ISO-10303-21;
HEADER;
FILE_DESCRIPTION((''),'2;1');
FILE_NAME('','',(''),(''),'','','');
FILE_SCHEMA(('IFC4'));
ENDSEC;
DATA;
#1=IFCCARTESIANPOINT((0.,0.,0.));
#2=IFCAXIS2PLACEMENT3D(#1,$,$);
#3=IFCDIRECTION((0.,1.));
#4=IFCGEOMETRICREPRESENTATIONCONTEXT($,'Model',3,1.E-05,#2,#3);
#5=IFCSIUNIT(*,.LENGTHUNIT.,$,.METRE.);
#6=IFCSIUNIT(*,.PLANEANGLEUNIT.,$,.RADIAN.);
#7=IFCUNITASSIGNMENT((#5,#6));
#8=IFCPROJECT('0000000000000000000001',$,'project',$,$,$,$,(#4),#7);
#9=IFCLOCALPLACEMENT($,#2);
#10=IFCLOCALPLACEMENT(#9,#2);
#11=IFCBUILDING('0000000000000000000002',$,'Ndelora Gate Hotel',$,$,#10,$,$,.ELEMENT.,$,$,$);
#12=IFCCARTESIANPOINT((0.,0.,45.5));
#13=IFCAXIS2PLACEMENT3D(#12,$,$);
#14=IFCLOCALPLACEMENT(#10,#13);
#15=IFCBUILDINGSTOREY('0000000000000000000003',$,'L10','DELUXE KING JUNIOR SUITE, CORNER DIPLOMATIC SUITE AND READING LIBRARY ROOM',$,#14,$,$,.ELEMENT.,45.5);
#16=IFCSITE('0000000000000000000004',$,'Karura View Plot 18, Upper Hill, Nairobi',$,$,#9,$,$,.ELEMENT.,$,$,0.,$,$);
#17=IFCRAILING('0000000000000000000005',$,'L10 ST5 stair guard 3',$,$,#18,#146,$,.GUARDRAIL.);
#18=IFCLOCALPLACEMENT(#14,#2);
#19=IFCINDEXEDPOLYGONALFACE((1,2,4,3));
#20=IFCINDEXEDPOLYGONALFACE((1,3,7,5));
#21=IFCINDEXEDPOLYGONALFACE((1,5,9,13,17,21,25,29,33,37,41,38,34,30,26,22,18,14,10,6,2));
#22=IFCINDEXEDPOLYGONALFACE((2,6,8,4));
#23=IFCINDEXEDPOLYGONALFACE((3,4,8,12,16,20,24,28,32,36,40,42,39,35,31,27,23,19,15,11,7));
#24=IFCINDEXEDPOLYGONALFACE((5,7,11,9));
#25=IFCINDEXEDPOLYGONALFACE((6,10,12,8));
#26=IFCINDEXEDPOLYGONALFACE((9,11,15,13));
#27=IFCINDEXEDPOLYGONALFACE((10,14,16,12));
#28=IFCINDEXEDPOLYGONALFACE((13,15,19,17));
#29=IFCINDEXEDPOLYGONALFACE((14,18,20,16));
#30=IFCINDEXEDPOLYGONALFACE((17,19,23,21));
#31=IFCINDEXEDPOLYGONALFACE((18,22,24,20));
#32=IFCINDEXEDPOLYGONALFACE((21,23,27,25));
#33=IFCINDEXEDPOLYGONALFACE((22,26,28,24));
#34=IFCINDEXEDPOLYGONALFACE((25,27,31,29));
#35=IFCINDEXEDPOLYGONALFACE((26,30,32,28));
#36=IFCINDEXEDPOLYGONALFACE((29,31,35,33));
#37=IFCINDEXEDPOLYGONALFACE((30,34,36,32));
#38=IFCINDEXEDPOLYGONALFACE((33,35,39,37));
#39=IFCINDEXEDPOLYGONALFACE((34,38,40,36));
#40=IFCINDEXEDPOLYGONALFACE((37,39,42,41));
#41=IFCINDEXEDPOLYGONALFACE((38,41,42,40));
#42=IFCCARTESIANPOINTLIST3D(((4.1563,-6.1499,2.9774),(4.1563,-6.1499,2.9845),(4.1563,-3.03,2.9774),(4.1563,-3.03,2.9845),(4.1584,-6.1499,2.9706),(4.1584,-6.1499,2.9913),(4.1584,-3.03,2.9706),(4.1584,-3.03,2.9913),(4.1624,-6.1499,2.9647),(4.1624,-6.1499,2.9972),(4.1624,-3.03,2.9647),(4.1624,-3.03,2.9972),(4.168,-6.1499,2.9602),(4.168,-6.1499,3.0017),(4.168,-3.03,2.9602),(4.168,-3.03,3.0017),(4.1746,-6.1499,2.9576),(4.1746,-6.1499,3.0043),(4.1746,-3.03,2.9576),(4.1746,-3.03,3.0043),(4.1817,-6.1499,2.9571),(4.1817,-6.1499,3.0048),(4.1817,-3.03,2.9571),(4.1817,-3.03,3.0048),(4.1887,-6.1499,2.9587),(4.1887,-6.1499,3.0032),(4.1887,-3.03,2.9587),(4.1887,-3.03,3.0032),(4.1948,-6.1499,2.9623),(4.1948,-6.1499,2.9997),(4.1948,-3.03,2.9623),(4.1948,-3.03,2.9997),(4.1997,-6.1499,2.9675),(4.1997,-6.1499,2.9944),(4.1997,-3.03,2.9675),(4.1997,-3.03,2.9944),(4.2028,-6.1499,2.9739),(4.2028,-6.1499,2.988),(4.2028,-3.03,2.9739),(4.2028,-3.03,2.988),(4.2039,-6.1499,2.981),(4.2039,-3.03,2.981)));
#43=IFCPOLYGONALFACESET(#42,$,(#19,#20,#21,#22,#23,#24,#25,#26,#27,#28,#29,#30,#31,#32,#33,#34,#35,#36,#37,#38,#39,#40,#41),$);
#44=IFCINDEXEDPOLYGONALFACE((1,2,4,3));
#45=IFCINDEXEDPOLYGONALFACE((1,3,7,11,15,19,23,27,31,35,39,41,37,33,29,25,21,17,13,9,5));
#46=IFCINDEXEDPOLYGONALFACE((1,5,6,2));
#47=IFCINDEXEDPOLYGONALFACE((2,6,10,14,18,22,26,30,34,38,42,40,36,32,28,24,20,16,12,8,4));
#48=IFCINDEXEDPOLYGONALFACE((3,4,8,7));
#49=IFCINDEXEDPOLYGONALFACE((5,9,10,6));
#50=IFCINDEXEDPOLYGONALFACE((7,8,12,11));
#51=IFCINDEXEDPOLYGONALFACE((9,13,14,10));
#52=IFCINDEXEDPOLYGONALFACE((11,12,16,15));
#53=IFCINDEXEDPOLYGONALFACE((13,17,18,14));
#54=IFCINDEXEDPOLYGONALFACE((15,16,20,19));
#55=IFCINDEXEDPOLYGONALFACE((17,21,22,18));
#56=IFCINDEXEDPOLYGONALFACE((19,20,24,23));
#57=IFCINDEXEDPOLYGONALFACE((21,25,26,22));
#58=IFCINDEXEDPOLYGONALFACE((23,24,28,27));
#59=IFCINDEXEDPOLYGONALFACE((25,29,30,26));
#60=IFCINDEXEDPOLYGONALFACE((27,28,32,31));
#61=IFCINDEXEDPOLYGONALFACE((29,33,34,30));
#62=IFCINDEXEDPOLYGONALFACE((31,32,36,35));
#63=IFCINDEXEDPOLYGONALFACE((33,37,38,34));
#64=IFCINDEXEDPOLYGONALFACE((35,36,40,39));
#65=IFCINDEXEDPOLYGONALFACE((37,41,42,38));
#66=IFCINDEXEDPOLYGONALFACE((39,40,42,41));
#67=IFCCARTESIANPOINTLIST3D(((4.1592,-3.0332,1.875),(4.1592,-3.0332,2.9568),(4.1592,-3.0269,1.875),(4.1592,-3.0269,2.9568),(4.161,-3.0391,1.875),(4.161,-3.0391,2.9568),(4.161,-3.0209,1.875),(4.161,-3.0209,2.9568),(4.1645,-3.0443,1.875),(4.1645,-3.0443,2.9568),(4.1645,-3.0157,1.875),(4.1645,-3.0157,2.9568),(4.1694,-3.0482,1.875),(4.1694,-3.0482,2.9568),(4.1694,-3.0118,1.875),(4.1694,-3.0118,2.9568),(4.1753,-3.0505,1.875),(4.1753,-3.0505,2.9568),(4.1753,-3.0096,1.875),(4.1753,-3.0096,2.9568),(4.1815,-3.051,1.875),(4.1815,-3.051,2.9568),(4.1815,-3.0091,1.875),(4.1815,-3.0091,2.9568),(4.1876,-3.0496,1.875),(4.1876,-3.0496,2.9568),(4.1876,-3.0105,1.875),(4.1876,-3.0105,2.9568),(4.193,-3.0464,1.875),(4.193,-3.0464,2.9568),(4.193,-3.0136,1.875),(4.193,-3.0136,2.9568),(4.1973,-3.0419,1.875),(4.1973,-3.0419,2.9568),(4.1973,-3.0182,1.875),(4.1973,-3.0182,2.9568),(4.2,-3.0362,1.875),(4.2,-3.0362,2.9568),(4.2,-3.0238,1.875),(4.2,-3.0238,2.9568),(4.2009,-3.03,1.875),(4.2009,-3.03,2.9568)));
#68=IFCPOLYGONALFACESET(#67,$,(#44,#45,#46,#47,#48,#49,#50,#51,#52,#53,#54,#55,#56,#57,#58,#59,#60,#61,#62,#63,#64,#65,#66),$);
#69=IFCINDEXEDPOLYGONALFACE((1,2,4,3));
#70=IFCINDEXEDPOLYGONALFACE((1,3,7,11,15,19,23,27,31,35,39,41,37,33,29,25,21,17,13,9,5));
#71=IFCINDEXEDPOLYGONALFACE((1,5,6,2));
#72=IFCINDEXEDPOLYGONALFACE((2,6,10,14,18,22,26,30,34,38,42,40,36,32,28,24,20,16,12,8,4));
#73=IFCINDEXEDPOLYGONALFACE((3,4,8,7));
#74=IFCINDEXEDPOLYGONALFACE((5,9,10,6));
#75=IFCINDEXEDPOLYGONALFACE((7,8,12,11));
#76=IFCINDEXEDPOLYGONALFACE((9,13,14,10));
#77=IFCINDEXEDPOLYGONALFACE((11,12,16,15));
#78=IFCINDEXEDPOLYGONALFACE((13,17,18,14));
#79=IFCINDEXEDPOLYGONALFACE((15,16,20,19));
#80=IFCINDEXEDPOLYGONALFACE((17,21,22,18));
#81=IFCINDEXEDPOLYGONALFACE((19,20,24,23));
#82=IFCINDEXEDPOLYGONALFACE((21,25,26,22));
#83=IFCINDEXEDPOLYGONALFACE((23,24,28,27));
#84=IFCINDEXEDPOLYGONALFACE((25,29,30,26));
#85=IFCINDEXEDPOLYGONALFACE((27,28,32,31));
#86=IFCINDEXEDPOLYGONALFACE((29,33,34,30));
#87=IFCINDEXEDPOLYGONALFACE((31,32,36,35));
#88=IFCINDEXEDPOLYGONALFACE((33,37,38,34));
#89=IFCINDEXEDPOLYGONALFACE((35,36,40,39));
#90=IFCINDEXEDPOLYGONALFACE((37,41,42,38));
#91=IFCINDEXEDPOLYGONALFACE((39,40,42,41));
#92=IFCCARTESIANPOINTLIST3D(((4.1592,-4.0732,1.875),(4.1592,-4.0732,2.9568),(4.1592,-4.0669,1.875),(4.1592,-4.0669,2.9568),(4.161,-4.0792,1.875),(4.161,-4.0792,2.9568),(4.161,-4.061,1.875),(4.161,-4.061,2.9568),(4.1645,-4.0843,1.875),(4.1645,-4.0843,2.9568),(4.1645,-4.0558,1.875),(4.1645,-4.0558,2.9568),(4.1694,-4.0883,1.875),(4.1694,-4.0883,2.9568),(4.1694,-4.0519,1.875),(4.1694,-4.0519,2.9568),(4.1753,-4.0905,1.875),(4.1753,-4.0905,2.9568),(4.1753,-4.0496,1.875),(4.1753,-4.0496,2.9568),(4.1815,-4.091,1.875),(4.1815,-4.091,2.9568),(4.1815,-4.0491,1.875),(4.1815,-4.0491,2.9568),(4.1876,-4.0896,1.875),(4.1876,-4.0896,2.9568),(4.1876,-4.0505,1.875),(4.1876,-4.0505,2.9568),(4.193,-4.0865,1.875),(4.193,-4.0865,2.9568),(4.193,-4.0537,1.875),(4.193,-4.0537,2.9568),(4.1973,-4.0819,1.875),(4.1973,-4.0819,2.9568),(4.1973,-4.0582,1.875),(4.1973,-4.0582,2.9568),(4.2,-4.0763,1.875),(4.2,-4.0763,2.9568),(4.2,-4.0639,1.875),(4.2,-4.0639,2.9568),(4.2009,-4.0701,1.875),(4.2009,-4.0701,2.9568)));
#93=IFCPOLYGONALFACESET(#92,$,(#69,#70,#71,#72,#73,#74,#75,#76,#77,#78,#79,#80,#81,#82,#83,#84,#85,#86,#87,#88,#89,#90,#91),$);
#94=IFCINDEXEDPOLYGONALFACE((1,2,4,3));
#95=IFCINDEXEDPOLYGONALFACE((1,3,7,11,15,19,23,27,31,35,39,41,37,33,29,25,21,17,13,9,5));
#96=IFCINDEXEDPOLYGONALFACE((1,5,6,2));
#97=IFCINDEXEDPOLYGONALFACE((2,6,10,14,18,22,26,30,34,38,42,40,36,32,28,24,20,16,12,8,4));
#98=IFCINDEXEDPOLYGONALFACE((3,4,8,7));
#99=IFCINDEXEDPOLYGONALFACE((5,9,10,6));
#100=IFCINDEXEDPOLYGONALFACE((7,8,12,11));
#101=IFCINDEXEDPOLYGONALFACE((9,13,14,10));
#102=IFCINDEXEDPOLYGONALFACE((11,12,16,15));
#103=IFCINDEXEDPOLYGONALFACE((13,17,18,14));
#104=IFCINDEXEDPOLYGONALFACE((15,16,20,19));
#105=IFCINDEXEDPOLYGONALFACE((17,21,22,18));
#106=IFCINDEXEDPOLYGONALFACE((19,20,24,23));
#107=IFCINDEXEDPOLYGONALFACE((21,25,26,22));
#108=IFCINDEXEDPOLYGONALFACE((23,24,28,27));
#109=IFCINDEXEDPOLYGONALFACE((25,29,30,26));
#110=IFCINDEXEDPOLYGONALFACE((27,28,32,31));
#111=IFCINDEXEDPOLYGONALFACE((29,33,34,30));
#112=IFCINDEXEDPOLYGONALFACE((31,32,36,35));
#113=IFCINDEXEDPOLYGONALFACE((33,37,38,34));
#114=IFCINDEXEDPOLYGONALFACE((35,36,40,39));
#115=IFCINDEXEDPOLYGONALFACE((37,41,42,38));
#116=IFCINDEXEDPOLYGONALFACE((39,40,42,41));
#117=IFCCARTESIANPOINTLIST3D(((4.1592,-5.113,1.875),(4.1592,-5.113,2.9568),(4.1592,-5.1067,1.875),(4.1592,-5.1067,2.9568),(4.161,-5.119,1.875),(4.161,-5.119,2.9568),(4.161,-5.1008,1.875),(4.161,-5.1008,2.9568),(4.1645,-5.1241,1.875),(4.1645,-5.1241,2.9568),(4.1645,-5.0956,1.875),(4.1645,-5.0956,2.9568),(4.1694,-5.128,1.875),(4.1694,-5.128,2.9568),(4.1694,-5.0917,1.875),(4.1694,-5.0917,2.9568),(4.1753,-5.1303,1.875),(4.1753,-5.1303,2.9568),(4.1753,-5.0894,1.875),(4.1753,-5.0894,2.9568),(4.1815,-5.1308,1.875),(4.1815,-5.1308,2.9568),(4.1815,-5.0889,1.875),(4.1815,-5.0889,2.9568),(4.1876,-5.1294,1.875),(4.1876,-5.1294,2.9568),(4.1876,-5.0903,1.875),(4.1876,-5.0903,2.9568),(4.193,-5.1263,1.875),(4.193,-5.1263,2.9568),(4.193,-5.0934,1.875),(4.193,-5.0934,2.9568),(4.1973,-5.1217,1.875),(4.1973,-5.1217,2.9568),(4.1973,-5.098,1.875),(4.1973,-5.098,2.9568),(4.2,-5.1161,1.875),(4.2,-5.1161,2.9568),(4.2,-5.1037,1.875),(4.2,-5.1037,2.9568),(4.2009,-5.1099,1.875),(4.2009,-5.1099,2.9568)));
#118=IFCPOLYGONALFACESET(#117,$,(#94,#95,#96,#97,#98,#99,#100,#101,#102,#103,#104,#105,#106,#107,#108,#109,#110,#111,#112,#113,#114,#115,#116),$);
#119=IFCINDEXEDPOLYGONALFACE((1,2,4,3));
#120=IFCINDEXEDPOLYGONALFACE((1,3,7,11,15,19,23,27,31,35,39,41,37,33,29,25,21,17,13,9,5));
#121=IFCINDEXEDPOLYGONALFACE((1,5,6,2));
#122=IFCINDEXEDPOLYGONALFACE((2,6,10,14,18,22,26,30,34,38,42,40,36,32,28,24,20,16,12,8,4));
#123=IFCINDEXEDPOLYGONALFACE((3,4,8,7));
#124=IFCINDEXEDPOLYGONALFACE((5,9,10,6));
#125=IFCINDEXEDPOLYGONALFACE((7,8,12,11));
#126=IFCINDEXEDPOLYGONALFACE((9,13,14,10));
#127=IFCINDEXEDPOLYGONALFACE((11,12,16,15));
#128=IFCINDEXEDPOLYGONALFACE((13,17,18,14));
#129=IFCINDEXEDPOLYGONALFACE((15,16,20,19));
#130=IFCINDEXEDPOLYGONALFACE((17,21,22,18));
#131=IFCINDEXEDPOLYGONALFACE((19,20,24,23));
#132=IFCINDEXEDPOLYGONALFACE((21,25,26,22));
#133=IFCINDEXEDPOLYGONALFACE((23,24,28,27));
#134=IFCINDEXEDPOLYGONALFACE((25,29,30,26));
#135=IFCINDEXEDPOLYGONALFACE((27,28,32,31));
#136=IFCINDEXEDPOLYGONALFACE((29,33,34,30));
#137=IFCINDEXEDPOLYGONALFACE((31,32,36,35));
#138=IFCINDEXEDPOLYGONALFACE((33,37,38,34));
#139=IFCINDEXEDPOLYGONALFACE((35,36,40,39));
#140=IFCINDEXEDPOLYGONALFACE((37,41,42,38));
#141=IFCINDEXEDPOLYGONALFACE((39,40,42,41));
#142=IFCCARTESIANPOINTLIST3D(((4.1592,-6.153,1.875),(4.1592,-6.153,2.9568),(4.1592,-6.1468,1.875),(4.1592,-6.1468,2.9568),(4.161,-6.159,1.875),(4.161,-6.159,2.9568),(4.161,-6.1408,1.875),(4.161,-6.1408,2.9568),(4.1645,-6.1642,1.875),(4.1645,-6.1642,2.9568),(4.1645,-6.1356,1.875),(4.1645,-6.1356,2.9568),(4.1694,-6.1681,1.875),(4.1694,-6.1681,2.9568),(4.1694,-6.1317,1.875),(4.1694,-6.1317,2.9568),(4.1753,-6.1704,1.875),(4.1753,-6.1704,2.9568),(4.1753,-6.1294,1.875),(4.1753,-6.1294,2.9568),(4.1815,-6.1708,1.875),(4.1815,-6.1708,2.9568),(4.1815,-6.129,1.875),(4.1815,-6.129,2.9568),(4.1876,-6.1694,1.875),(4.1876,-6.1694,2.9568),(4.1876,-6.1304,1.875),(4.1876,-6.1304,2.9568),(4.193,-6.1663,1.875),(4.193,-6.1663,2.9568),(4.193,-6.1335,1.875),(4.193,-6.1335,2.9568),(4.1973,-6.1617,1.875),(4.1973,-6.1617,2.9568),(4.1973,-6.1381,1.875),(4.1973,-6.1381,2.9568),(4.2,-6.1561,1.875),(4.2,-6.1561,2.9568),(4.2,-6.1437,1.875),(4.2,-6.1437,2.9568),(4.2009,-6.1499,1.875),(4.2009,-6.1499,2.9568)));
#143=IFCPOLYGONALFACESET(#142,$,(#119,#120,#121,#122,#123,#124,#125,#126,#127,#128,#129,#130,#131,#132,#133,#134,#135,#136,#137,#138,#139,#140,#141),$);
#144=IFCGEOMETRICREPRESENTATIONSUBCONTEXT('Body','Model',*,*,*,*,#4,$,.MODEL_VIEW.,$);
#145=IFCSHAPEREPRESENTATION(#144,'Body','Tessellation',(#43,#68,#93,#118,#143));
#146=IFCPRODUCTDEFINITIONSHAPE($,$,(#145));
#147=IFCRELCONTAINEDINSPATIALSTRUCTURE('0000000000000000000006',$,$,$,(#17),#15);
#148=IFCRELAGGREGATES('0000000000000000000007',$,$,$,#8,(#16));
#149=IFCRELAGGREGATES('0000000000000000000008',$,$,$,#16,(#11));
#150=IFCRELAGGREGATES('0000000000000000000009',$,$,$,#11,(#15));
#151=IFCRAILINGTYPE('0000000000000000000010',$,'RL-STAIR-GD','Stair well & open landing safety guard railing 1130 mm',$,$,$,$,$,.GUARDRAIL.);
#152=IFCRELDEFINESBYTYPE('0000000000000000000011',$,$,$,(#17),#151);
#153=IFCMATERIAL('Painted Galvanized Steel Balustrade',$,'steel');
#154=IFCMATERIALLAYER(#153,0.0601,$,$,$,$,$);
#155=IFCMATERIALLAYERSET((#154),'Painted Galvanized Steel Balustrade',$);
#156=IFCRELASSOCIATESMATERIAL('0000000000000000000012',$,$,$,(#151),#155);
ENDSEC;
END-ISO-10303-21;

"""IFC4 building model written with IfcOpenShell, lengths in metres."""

from ifc_helpers import new_model, si_unit, direction, frame, origin, origin_2d, place, context, subcontext, project, spatial, circle, extrude, material, layer, layer_set, type_object, element, save


model = new_model("IFC4")

# Units and contexts
model_context = context("Model", 3, precision=1e-05, world=origin(), true_north=direction((0.0, 1.0)))
body_context = subcontext(model_context, "Body", "Model", "MODEL_VIEW")
ifc_project = project(units=[si_unit("LENGTHUNIT", "METRE"), si_unit("PLANEANGLEUNIT", "RADIAN")], contexts=[model_context])

# Site, building, storey
site_placement = place(None, origin())
site = spatial("IfcSite", under=ifc_project, at=site_placement, Name="Karura View Plot 18, Upper Hill, Nairobi", CompositionType="ELEMENT", RefElevation=0.0)
building_placement = place(site_placement, origin())
building = spatial("IfcBuilding", under=site, at=building_placement, Name="Ndelora Gate Hotel", CompositionType="ELEMENT")
storey_placement = place(building_placement, frame((0.0, 0.0, 45.5)))
storey = spatial("IfcBuildingStorey", under=building, at=storey_placement, Name="L10", Description="DELUXE KING JUNIOR SUITE, CORNER DIPLOMATIC SUITE AND READING LIBRARY ROOM", CompositionType="ELEMENT", Elevation=45.5)

# Railing
ifc_material_1 = material(Name="Painted Galvanized Steel Balustrade", Category="steel")
ifc_layer_1 = layer(ifc_material_1, 0.0601)
ifc_layer_set_1 = layer_set([ifc_layer_1], Name="Painted Galvanized Steel Balustrade")
railing_type = type_object("IfcRailingType", Name="RL-STAIR-GD", Description="Stair well & open landing safety guard railing 1130 mm", PredefinedType="GUARDRAIL", material=ifc_layer_set_1)
railing_1_placement = place(storey_placement, frame((4.1799, -3.03, 1.875)))
element("IfcRailing", 1, at=railing_1_placement, inside=storey, type_object=railing_type, Name="L10 ST5 stair guard 3", PredefinedType="GUARDRAIL", context=body_context, shape_type="SweptSolid", body=[
    extrude(circle(Radius=0.0239, at=origin_2d()), frame((0.0, 0.0, 1.106), z_axis=(0.0, -1.0, 0.0), x_axis=(1.0, 0.0, 0.0)), (0.0, 0.0, 1.0), 3.1199),
    extrude(circle(Radius=0.021, at=origin_2d()), origin(), (0.0, 0.0, 1.0), 1.0818),
    extrude(circle(Radius=0.021, at=origin_2d()), frame((0.0, -1.04, 0.0)), (0.0, 0.0, 1.0), 1.0818),
    extrude(circle(Radius=0.021, at=origin_2d()), frame((0.0, -2.0798, 0.0)), (0.0, 0.0, 1.0), 1.0818),
    extrude(circle(Radius=0.021, at=origin_2d()), frame((0.0, -3.1199, 0.0)), (0.0, 0.0, 1.0), 1.0818),
])

save(model, "model.ifc")
